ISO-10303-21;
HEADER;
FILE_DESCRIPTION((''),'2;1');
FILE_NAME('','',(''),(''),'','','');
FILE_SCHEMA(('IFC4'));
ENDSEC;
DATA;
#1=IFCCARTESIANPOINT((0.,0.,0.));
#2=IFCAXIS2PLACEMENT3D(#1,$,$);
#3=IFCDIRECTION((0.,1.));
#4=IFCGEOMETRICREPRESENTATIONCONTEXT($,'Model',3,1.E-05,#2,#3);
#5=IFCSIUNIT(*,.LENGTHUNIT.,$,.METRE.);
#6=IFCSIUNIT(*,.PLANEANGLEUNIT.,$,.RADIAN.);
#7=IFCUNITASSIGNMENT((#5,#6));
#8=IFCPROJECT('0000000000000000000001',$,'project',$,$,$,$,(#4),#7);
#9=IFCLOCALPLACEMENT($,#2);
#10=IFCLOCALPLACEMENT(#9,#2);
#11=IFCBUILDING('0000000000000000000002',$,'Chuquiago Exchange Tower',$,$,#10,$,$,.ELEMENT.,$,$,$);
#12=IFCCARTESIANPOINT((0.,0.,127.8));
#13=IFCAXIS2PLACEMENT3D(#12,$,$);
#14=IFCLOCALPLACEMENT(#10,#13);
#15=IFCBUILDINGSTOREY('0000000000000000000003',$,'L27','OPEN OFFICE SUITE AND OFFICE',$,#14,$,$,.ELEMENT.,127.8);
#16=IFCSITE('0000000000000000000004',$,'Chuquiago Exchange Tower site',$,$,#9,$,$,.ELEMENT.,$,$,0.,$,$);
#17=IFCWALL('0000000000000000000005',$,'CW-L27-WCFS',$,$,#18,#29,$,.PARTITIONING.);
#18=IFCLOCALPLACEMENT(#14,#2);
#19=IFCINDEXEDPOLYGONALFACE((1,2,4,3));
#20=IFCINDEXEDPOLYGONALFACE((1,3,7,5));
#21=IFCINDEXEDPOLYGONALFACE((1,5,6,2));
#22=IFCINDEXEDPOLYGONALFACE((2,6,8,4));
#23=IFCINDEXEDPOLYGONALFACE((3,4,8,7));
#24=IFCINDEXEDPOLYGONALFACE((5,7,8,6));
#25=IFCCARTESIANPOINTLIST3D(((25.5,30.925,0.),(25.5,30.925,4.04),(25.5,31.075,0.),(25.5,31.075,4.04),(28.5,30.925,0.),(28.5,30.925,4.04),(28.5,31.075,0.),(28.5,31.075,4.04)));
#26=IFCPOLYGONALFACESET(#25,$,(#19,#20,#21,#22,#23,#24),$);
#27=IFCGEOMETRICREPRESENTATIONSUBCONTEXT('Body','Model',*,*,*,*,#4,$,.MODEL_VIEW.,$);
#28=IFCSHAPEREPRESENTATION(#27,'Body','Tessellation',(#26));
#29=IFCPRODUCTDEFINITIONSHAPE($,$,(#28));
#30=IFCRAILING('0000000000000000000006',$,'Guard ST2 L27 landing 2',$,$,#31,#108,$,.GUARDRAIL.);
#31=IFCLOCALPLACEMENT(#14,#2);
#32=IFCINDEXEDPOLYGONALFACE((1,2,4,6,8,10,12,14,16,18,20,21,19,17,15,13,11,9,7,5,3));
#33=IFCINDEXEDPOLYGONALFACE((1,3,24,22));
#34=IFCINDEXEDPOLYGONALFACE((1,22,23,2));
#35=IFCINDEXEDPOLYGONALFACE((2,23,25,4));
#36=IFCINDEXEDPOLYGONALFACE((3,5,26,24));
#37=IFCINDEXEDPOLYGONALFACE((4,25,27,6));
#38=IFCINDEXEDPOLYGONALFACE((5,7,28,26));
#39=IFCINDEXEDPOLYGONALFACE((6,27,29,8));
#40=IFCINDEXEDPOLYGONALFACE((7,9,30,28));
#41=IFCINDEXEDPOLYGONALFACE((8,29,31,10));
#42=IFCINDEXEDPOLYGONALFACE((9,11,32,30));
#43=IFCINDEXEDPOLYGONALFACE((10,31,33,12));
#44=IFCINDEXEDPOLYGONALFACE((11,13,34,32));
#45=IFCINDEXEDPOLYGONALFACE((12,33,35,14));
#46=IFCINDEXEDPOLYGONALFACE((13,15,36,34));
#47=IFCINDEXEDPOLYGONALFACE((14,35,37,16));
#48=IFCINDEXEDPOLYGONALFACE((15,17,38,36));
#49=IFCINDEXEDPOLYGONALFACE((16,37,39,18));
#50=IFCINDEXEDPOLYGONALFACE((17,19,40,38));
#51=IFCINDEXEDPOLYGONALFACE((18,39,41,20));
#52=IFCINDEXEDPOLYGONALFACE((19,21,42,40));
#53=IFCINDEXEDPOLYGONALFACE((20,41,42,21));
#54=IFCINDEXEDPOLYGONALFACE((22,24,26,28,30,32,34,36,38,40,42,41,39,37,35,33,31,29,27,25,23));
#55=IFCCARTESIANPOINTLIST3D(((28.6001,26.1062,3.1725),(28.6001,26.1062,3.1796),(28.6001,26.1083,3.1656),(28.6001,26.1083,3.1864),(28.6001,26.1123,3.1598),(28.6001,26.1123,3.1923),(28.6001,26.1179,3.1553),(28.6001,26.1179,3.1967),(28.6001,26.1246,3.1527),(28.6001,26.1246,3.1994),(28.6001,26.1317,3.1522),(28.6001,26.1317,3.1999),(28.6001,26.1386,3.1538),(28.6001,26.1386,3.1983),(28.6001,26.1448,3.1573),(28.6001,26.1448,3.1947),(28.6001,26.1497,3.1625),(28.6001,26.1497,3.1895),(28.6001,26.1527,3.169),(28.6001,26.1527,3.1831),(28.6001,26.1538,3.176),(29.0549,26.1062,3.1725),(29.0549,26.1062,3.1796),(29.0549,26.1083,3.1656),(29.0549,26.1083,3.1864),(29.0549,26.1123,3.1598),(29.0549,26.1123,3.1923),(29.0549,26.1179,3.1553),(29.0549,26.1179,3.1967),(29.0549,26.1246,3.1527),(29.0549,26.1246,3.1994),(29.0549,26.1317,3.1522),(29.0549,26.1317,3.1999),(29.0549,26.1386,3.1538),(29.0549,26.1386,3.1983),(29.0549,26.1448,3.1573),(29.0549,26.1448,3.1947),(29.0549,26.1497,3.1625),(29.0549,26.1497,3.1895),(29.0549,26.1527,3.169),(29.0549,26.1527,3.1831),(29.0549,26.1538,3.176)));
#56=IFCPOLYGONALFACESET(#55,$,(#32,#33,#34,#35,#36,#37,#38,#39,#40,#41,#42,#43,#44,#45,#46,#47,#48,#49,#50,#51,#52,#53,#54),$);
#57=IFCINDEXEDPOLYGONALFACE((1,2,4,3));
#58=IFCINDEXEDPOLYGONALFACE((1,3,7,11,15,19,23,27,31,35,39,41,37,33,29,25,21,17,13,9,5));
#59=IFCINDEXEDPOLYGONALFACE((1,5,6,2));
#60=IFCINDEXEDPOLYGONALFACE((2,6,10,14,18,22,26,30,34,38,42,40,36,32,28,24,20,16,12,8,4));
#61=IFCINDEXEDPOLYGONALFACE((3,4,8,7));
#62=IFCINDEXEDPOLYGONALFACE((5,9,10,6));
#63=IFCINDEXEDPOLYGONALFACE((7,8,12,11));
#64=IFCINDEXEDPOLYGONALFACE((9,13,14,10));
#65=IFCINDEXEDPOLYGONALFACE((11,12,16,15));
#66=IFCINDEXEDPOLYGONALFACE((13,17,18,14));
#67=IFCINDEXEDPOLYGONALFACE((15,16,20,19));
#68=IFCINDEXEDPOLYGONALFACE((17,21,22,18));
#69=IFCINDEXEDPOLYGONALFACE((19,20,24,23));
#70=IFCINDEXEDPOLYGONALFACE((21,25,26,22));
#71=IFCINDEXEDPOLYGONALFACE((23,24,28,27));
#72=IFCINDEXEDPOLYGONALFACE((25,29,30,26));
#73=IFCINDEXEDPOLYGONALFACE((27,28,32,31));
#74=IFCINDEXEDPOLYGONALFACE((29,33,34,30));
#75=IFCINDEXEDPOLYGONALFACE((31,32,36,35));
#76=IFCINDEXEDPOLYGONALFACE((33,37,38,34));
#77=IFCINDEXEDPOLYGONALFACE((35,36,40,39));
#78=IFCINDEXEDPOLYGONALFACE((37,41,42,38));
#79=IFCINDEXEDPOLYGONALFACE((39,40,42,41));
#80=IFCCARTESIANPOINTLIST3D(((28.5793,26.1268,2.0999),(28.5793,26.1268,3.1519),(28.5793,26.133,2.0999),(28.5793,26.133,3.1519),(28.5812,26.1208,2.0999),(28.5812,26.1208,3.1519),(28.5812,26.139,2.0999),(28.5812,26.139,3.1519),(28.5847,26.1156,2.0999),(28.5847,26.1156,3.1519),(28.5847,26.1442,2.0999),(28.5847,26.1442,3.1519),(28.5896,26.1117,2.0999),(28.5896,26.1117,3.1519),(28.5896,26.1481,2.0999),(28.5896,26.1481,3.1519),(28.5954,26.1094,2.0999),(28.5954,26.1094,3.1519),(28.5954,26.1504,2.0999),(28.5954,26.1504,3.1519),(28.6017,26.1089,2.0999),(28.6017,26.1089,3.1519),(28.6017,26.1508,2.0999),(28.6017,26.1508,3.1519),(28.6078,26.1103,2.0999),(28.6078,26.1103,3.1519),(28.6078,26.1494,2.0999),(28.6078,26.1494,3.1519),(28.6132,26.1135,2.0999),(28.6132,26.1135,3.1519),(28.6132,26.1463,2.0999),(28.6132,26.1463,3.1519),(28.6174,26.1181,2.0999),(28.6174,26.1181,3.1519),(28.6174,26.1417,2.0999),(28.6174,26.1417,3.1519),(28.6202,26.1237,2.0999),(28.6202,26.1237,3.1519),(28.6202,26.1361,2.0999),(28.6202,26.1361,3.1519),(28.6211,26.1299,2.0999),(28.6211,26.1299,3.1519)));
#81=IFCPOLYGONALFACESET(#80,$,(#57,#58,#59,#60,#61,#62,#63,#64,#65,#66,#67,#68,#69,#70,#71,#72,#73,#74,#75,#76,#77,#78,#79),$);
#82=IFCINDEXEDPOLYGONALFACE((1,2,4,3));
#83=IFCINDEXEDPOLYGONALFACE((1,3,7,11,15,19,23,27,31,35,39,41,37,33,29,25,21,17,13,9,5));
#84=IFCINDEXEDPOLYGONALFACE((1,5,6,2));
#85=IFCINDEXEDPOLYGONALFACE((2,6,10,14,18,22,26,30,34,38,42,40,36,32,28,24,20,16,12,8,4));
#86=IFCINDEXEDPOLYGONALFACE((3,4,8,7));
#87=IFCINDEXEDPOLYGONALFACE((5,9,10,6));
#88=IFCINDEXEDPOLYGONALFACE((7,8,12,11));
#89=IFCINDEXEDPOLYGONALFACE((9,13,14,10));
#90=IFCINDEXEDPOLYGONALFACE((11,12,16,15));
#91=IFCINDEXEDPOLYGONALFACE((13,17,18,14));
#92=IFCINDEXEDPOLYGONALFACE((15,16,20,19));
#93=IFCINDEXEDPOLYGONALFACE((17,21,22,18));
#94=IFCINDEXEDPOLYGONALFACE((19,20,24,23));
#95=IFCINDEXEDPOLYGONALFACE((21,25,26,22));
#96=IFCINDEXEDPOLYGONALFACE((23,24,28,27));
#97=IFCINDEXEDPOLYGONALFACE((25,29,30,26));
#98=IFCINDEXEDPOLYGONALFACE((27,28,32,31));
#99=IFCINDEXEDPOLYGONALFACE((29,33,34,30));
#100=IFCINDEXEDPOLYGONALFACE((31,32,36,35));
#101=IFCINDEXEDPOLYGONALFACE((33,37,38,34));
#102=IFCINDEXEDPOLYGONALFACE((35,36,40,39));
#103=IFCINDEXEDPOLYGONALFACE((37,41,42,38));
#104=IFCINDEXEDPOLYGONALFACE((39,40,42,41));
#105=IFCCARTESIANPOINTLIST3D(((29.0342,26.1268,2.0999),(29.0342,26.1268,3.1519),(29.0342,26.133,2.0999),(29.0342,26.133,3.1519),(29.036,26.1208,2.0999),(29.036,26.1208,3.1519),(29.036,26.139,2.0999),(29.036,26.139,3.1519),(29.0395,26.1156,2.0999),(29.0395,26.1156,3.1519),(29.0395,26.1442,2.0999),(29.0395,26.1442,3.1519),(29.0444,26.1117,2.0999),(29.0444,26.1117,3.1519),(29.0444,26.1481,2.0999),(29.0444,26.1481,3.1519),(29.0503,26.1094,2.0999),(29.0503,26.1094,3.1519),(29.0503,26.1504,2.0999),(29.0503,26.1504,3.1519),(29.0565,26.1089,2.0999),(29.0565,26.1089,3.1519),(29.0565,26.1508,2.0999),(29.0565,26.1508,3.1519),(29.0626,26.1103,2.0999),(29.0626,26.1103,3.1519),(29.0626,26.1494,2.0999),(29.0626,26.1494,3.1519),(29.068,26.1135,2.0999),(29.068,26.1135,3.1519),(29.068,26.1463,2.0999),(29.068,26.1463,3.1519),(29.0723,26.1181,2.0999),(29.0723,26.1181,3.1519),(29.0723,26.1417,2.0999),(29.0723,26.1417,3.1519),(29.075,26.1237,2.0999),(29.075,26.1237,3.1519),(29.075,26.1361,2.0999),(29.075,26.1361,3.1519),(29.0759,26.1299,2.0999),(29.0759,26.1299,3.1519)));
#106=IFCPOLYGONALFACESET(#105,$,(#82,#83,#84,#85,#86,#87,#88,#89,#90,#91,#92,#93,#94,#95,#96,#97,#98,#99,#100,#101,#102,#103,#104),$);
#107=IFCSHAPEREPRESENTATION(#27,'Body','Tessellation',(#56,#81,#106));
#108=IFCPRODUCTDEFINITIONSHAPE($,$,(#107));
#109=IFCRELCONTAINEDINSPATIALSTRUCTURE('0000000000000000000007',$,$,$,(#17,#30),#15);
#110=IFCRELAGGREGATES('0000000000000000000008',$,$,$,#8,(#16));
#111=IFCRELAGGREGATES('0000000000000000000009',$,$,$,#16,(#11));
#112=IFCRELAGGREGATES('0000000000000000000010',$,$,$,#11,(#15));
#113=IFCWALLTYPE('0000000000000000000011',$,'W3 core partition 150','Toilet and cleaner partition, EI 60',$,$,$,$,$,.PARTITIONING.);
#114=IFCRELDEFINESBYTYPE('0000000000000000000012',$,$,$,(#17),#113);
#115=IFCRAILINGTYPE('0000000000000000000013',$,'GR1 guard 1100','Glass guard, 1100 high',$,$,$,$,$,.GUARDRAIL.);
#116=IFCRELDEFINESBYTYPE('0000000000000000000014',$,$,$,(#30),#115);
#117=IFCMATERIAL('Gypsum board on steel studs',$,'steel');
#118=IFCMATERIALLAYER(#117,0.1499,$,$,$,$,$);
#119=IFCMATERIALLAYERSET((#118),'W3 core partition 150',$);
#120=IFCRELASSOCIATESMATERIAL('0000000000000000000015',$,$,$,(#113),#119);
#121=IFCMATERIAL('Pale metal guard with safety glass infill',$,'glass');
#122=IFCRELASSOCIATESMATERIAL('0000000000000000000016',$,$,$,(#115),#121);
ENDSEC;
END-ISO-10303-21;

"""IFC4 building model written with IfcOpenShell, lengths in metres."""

from ifc_helpers import new_model, si_unit, direction, frame, frame_2d, origin, origin_2d, place, context, subcontext, project, spatial, rectangle, circle, extrude, material, layer, layer_set, type_object, element, save


model = new_model("IFC4")

# Units and contexts
model_context = context("Model", 3, precision=1e-05, world=origin(), true_north=direction((0.0, 1.0)))
body_context = subcontext(model_context, "Body", "Model", "MODEL_VIEW")
ifc_project = project(units=[si_unit("LENGTHUNIT", "METRE"), si_unit("PLANEANGLEUNIT", "RADIAN")], contexts=[model_context])

# Site, building, storey
site_placement = place(None, origin())
site = spatial("IfcSite", under=ifc_project, at=site_placement, Name="Chuquiago Exchange Tower site", CompositionType="ELEMENT", RefElevation=0.0)
building_placement = place(site_placement, origin())
building = spatial("IfcBuilding", under=site, at=building_placement, Name="Chuquiago Exchange Tower", CompositionType="ELEMENT")
storey_placement = place(building_placement, frame((0.0, 0.0, 127.8)))
storey = spatial("IfcBuildingStorey", under=building, at=storey_placement, Name="L27", Description="OPEN OFFICE SUITE AND OFFICE", CompositionType="ELEMENT", Elevation=127.8)

# Shared definitions
ifc_material_1 = material(Name="Gypsum board on steel studs", Category="steel")
ifc_layer_1 = layer(ifc_material_1, 0.1499)
ifc_layer_set_1 = layer_set([ifc_layer_1], Name="W3 core partition 150")
wall_type_1 = type_object("IfcWallType", Name="W3 core partition 150", Description="Toilet and cleaner partition, EI 60", PredefinedType="PARTITIONING", material=ifc_layer_set_1)

# Wall
wall_1_placement = place(storey_placement, frame((25.5, 31.0, 0.0), z_axis=(0.0, 0.0, 1.0), x_axis=(1.0, 0.0, 0.0)))
element("IfcWall", 1, at=wall_1_placement, inside=storey, type_object=wall_type_1, Name="CW-L27-WCFS", PredefinedType="PARTITIONING", context=body_context, shape_type="SweptSolid", body=[
    extrude(rectangle(XDim=3.0, YDim=0.1499, at=frame_2d((1.5, 0.0))), origin(), (0.0, 0.0, 1.0), 4.04),
])

# Railing
ifc_material_2 = material(Name="Pale metal guard with safety glass infill", Category="glass")
railing_type_1 = type_object("IfcRailingType", Name="GR1 guard 1100", Description="Glass guard, 1100 high", PredefinedType="GUARDRAIL", material=ifc_material_2)
railing_1_placement = place(storey_placement, frame((28.6001, 26.1299, 2.0999)))
element("IfcRailing", 2, at=railing_1_placement, inside=storey, type_object=railing_type_1, Name="Guard ST2 L27 landing 2", PredefinedType="GUARDRAIL", context=body_context, shape_type="SweptSolid", body=[
    extrude(circle(Radius=0.0239, at=origin_2d()), frame((0.0, 0.0, 1.0762), z_axis=(1.0, 0.0, 0.0), x_axis=(0.0, 1.0, 0.0)), (0.0, 0.0, 1.0), 0.4548),
    extrude(circle(Radius=0.021, at=origin_2d()), origin(), (0.0, 0.0, 1.0), 1.052),
    extrude(circle(Radius=0.021, at=origin_2d()), frame((0.4548, 0.0, 0.0)), (0.0, 0.0, 1.0), 1.052),
])

save(model, "model.ifc")
